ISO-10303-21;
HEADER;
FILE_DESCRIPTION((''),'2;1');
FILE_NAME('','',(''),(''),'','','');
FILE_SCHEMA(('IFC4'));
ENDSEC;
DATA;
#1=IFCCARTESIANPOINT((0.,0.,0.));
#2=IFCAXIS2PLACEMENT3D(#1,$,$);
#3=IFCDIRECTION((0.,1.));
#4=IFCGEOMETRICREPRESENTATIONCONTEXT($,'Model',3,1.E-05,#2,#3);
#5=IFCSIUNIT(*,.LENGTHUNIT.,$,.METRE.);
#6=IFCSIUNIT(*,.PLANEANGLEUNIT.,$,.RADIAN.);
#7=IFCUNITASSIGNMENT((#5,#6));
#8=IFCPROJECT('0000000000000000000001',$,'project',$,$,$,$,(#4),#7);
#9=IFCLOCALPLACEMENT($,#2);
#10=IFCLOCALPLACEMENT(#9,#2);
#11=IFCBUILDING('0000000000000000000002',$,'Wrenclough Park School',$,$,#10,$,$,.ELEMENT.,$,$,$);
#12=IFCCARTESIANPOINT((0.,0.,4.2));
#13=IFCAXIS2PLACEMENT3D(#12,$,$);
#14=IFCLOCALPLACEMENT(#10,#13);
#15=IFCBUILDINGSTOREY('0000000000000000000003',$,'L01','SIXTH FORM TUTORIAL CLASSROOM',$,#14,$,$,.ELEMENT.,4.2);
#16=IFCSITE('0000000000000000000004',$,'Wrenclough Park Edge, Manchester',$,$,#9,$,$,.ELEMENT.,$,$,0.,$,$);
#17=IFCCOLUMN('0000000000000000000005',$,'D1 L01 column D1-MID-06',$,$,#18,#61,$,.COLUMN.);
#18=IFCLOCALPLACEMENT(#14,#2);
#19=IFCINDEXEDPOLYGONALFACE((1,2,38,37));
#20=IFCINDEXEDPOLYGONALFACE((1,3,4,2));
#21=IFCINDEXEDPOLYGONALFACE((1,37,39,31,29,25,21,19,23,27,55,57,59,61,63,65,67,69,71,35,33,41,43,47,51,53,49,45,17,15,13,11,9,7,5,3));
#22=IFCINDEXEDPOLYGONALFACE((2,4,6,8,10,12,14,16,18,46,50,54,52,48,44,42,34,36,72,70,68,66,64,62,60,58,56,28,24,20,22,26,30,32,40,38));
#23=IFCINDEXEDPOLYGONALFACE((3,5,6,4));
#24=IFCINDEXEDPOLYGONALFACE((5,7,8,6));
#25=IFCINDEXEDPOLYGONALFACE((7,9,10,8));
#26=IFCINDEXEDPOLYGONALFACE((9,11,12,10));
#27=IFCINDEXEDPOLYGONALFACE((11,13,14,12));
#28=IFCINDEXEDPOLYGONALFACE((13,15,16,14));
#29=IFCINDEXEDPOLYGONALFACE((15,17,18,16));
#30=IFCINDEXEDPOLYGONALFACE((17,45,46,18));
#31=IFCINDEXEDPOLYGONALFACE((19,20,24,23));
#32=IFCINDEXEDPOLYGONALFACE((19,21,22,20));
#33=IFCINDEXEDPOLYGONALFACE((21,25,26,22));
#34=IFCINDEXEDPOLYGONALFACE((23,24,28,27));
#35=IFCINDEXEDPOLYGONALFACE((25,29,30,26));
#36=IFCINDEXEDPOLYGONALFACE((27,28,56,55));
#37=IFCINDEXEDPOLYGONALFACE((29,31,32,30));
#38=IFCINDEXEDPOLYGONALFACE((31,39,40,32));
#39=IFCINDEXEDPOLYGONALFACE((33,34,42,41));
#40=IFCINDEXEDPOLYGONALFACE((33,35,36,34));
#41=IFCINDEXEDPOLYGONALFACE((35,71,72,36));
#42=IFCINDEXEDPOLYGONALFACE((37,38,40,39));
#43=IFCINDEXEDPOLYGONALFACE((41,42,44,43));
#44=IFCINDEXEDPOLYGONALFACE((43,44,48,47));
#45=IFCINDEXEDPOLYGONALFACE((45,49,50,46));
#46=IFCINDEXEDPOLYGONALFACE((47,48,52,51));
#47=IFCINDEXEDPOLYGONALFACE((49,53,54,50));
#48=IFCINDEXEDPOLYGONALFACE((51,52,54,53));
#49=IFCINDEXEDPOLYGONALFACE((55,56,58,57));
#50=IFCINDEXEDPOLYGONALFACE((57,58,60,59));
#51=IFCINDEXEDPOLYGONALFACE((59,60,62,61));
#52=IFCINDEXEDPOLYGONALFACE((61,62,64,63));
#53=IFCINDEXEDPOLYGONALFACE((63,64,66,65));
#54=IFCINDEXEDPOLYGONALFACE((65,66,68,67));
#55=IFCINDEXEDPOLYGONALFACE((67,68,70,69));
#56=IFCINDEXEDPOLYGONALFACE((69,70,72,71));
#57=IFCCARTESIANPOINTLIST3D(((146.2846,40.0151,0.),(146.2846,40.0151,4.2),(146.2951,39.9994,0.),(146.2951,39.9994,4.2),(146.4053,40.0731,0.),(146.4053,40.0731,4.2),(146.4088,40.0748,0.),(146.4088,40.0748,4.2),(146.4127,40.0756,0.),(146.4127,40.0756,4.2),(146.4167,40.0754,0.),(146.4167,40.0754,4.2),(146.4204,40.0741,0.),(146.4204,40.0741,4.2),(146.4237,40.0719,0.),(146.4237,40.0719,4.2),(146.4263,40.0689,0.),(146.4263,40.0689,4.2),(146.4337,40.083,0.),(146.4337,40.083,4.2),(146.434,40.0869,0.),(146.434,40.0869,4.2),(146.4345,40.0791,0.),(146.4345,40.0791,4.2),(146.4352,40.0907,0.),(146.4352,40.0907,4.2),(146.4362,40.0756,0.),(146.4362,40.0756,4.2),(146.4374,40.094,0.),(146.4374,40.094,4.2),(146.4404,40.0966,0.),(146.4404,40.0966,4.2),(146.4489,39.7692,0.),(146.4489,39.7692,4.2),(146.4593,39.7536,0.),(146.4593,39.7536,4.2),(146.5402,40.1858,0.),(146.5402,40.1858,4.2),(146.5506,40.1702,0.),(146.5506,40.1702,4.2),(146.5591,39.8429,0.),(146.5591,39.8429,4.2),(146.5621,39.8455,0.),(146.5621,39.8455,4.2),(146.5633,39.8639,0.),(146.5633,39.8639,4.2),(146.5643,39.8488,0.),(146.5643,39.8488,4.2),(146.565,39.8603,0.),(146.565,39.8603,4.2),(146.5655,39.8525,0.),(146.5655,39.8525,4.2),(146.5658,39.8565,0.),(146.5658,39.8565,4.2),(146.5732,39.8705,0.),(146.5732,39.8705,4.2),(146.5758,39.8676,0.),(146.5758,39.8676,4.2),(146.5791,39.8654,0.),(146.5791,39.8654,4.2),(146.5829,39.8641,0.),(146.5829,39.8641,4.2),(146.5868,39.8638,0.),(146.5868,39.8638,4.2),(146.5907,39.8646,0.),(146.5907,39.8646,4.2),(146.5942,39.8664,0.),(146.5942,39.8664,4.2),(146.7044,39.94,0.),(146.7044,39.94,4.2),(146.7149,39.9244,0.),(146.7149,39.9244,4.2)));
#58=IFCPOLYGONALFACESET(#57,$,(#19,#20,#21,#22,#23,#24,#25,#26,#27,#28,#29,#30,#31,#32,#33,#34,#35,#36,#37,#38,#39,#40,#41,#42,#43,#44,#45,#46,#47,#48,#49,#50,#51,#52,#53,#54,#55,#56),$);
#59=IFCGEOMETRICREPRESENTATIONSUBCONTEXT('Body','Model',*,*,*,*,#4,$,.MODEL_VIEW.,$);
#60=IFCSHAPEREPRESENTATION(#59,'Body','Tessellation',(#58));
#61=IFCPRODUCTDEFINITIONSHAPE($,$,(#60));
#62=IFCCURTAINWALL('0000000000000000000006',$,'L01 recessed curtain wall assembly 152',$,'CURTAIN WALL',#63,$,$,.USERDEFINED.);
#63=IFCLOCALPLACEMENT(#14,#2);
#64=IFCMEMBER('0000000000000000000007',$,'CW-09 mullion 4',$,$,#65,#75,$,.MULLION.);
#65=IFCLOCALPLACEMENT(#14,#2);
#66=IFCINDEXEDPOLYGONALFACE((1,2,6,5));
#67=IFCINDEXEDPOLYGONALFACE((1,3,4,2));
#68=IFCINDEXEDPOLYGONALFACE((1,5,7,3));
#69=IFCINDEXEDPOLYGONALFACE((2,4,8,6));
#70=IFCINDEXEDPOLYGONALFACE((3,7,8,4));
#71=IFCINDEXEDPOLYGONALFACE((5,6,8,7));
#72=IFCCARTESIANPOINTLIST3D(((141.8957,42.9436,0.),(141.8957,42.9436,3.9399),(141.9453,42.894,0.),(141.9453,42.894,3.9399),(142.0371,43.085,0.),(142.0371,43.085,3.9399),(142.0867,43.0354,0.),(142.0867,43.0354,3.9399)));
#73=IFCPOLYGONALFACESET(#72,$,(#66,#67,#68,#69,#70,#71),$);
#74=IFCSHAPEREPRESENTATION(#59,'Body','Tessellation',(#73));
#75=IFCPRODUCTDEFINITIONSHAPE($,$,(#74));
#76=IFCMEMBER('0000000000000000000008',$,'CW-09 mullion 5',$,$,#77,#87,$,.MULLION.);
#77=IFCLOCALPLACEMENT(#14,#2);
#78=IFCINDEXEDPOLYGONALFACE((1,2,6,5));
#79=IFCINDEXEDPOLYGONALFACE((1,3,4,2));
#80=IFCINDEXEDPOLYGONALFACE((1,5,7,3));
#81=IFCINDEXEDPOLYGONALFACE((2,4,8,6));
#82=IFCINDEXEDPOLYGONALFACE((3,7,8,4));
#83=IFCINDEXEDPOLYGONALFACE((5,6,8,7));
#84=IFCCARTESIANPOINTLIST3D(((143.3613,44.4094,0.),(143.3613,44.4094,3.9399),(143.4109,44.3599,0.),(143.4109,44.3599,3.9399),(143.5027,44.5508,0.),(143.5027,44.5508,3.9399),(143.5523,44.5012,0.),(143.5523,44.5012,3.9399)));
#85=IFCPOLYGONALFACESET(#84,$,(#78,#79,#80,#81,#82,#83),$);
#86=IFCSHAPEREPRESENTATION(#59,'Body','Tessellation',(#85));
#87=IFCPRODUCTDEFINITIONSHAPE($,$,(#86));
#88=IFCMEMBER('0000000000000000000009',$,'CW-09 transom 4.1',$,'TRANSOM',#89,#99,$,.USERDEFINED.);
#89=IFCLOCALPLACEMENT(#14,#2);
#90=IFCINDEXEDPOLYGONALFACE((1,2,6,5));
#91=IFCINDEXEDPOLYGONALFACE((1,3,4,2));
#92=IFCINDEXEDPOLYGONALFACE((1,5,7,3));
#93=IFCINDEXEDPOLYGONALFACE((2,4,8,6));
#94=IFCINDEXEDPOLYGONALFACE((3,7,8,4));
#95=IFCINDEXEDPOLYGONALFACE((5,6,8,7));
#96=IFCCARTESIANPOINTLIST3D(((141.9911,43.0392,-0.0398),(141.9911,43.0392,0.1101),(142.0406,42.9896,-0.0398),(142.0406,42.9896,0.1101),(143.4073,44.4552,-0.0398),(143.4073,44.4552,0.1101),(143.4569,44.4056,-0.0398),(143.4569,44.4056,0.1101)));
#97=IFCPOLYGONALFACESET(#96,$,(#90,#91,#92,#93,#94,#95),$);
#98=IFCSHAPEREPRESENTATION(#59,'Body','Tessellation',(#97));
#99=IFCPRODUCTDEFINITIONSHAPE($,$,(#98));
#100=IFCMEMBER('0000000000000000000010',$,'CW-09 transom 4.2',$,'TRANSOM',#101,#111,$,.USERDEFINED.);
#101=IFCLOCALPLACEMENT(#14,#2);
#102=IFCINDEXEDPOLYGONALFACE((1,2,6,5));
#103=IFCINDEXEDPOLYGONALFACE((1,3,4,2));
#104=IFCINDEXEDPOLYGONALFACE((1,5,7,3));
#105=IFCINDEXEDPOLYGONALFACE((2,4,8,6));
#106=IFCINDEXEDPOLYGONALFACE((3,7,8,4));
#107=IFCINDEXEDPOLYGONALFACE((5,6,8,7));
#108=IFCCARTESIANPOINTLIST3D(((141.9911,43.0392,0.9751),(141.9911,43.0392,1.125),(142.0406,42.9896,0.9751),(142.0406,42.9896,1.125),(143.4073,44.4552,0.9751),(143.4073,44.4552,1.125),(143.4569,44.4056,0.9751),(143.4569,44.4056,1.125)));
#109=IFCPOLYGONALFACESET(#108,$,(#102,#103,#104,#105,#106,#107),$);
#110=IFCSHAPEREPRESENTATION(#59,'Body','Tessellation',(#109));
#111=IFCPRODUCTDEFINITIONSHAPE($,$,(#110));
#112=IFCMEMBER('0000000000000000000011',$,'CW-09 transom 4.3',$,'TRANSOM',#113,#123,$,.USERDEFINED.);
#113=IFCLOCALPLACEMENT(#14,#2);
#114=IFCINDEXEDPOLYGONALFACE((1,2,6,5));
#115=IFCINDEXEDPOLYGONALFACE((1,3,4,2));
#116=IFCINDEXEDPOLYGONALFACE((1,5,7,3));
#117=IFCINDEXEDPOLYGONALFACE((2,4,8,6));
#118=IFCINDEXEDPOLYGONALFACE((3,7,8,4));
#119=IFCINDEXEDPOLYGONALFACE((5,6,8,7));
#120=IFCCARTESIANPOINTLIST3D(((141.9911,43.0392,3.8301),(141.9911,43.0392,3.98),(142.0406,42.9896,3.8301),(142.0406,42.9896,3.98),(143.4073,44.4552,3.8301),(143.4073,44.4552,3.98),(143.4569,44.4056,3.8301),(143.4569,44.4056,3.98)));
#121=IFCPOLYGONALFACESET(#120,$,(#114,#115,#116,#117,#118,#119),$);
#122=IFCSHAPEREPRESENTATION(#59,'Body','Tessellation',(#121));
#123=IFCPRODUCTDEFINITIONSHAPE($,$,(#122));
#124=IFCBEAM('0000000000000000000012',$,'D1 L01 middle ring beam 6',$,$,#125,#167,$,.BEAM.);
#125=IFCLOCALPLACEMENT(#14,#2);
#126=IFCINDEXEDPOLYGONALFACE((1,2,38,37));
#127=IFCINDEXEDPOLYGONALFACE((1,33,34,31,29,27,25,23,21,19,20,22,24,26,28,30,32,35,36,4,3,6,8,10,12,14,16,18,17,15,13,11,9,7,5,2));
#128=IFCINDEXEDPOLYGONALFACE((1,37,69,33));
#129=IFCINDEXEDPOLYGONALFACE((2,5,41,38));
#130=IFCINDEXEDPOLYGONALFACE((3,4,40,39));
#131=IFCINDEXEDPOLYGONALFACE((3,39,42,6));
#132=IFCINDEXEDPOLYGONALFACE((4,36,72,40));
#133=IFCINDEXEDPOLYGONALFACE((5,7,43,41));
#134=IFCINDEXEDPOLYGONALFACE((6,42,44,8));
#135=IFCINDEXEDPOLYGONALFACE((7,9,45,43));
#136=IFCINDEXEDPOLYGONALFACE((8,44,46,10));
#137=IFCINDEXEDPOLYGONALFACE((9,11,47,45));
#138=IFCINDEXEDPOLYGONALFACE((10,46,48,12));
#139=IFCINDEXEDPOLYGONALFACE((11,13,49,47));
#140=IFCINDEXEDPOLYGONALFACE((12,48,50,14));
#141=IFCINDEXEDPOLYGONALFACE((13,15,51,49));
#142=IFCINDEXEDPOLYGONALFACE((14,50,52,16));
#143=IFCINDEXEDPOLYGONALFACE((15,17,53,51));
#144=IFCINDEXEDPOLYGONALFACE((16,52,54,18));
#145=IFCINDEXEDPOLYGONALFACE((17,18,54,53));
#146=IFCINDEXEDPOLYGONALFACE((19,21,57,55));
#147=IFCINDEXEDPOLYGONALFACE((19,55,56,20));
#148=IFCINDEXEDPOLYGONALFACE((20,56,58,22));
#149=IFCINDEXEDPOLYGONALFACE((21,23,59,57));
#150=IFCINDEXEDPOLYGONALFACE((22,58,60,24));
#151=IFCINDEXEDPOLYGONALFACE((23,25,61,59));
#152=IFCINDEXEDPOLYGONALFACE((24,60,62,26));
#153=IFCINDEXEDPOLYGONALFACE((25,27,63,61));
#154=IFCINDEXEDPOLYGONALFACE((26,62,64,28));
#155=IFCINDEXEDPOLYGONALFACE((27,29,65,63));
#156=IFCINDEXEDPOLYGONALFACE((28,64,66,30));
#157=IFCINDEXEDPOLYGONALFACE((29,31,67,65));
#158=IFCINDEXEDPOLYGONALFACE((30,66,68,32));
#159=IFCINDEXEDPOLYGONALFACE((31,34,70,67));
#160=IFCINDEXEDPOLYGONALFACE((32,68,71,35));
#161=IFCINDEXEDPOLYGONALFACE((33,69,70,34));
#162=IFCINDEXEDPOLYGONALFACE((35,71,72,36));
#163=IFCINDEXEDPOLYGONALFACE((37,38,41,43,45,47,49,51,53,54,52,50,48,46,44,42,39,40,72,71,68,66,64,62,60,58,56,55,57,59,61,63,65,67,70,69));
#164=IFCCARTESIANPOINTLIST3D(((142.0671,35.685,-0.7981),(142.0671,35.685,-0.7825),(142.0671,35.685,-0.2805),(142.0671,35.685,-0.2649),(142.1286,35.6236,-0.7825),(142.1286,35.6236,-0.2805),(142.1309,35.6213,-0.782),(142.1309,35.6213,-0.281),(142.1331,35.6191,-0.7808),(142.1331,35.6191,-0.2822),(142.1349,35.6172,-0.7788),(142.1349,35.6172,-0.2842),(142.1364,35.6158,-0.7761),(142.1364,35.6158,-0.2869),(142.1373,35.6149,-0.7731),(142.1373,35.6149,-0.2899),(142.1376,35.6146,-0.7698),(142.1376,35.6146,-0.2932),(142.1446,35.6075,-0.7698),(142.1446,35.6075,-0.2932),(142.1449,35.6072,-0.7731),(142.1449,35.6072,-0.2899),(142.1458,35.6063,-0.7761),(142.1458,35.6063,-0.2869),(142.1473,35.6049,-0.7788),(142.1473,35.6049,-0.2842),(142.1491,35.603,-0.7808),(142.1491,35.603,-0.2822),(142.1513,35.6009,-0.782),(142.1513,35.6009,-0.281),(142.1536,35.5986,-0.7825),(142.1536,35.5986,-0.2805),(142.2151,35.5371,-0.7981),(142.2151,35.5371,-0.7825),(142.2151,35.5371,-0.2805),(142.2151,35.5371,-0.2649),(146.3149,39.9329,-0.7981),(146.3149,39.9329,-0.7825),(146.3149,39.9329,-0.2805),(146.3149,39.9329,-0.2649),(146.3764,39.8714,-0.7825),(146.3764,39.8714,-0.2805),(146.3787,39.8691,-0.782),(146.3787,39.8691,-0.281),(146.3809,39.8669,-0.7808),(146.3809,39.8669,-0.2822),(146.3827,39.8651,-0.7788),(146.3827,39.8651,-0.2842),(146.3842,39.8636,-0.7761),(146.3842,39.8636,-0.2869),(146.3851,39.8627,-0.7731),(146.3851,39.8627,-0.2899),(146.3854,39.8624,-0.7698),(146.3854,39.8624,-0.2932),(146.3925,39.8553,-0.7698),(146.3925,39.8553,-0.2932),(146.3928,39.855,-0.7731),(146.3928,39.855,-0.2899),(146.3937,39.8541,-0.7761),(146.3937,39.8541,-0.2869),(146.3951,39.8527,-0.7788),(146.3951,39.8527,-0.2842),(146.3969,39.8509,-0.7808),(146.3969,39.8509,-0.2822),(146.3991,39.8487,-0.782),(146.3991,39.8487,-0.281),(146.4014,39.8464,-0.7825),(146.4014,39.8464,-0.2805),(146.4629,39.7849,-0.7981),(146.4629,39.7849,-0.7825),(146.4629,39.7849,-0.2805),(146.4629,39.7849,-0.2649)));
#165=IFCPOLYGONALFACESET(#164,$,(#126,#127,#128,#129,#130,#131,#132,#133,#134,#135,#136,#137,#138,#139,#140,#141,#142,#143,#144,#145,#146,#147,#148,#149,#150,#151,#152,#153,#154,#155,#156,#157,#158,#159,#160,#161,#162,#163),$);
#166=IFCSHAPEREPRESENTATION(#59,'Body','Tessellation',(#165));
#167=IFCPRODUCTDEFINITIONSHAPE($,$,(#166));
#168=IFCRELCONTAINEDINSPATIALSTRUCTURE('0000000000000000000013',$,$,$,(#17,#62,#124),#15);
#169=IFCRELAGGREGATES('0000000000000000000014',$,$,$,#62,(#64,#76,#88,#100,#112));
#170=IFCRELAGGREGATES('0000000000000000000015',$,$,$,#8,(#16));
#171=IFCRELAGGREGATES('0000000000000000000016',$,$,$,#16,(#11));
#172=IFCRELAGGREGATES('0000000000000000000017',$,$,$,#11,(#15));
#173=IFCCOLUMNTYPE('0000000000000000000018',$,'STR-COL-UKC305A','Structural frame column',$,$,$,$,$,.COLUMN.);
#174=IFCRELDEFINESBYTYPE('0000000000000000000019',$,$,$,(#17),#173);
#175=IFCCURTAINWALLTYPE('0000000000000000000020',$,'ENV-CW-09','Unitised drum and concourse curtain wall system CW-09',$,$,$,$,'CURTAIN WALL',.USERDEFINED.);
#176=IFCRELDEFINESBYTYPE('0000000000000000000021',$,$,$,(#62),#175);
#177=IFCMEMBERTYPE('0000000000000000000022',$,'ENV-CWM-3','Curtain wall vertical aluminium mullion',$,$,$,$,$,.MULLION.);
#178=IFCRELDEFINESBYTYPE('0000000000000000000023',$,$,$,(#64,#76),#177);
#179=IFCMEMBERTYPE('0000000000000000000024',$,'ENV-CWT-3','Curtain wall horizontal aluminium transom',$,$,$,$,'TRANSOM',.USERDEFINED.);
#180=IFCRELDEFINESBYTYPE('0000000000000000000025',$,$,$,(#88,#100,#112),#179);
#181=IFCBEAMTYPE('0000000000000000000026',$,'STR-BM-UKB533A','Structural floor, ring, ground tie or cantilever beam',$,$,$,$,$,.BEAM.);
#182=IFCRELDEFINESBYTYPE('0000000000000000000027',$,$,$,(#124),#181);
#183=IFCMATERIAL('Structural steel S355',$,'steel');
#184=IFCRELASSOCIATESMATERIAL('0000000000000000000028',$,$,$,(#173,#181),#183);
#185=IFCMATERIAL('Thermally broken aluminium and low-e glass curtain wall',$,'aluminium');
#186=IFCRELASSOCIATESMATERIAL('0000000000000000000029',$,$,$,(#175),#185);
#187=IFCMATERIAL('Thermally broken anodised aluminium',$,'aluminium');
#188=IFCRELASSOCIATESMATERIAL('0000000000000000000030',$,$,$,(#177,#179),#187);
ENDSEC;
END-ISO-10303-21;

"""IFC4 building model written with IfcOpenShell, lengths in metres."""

from ifc_helpers import new_model, si_unit, direction, frame, origin, origin_2d, place, context, subcontext, project, spatial, rectangle, i_section, extrude, material, material_profile, profile_set, type_object, element, aggregate, save


model = new_model("IFC4")

# Units and contexts
model_context = context("Model", 3, precision=1e-05, world=origin(), true_north=direction((0.0, 1.0)))
body_context = subcontext(model_context, "Body", "Model", "MODEL_VIEW")
ifc_project = project(units=[si_unit("LENGTHUNIT", "METRE"), si_unit("PLANEANGLEUNIT", "RADIAN")], contexts=[model_context])

# Site, building, storey
site_placement = place(None, origin())
site = spatial("IfcSite", under=ifc_project, at=site_placement, Name="Wrenclough Park Edge, Manchester", CompositionType="ELEMENT", RefElevation=0.0)
building_placement = place(site_placement, origin())
building = spatial("IfcBuilding", under=site, at=building_placement, Name="Wrenclough Park School", CompositionType="ELEMENT")
storey_placement = place(building_placement, frame((0.0, 0.0, 4.2)))
storey = spatial("IfcBuildingStorey", under=building, at=storey_placement, Name="L01", Description="SIXTH FORM TUTORIAL CLASSROOM", CompositionType="ELEMENT", Elevation=4.2)

# Column
ifc_material_1 = material(Name="Structural steel S355", Category="steel")
ifc_material_profile_1 = material_profile(ifc_material_1, i_section(OverallWidth=0.3074, OverallDepth=0.3145, WebThickness=0.012, FlangeThickness=0.0188, FilletRadius=0.0151, at=origin_2d()), Name="UKC 305x305x118")
ifc_profile_set_1 = profile_set([ifc_material_profile_1], Name="Structural steel S355")
column_type_1 = type_object("IfcColumnType", Name="STR-COL-UKC305A", Description="Structural frame column", PredefinedType="COLUMN", material=ifc_profile_set_1)
column_1_placement = place(storey_placement, frame((146.4998, 39.9697, 0.0), z_axis=(0.0, 0.0, 1.0), x_axis=(-0.83147, -0.55557, 0.0)))
element("IfcColumn", 1, at=column_1_placement, inside=storey, type_object=column_type_1, Name="D1 L01 column D1-MID-06", PredefinedType="COLUMN", context=body_context, shape_type="SweptSolid", body=[
    extrude(i_section(OverallWidth=0.3074, OverallDepth=0.3145, WebThickness=0.012, FlangeThickness=0.0188, FilletRadius=0.0151, at=origin_2d()), origin(), (0.0, 0.0, 1.0), 4.2),
])

# Curtain wall, members
ifc_material_2 = material(Name="Thermally broken aluminium and low-e glass curtain wall", Category="aluminium")
curtain_wall_type = type_object("IfcCurtainWallType", Name="ENV-CW-09", Description="Unitised drum and concourse curtain wall system CW-09", ElementType="CURTAIN WALL", PredefinedType="USERDEFINED", material=ifc_material_2)
curtain_wall_placement = place(storey_placement, origin())
curtain_wall = element("IfcCurtainWall", 2, at=curtain_wall_placement, inside=storey, type_object=curtain_wall_type, Name="L01 recessed curtain wall assembly 152", ObjectType="CURTAIN WALL", PredefinedType="USERDEFINED")
ifc_material_3 = material(Name="Thermally broken anodised aluminium", Category="aluminium")
ifc_material_profile_2 = material_profile(ifc_material_3, rectangle(XDim=0.0701, YDim=0.2, at=origin_2d()), Name="AL MULLION 70x200")
ifc_profile_set_2 = profile_set([ifc_material_profile_2], Name="Thermally broken anodised aluminium")
member_type_1 = type_object("IfcMemberType", Name="ENV-CWM-3", Description="Curtain wall vertical aluminium mullion", PredefinedType="MULLION", material=ifc_profile_set_2)
member_1_placement = place(storey_placement, frame((141.9912, 42.9895, 0.0), z_axis=(0.0, 0.0, 1.0), x_axis=(-0.707107, 0.707107, 0.0)))
member_1 = element("IfcMember", 3, at=member_1_placement, type_object=member_type_1, Name="CW-09 mullion 4", PredefinedType="MULLION", context=body_context, shape_type="SweptSolid", body=[
    extrude(rectangle(XDim=0.0701, YDim=0.2, at=origin_2d()), origin(), (0.0, 0.0, 1.0), 3.9399),
])
member_2_placement = place(storey_placement, frame((143.4568, 44.4553, 0.0), z_axis=(0.0, 0.0, 1.0), x_axis=(-0.707107, 0.707107, 0.0)))
member_2 = element("IfcMember", 4, at=member_2_placement, type_object=member_type_1, Name="CW-09 mullion 5", PredefinedType="MULLION", context=body_context, shape_type="SweptSolid", body=[
    extrude(rectangle(XDim=0.0701, YDim=0.2, at=origin_2d()), origin(), (0.0, 0.0, 1.0), 3.9399),
])
ifc_material_profile_3 = material_profile(ifc_material_3, rectangle(XDim=0.0701, YDim=0.1499, at=origin_2d()), Name="AL TRANSOM 70x150")
ifc_profile_set_3 = profile_set([ifc_material_profile_3], Name="Thermally broken anodised aluminium")
member_type_2 = type_object("IfcMemberType", Name="ENV-CWT-3", Description="Curtain wall horizontal aluminium transom", ElementType="TRANSOM", PredefinedType="USERDEFINED", material=ifc_profile_set_3)
member_3_placement = place(storey_placement, frame((142.0159, 43.0144, 0.0352), z_axis=(0.707168, 0.707046, 0.0), x_axis=(-0.707046, 0.707168, 0.0)))
member_3 = element("IfcMember", 5, at=member_3_placement, type_object=member_type_2, Name="CW-09 transom 4.1", ObjectType="TRANSOM", PredefinedType="USERDEFINED", context=body_context, shape_type="SweptSolid", body=[
    extrude(rectangle(XDim=0.0701, YDim=0.1499, at=origin_2d()), origin(), (0.0, 0.0, 1.0), 2.0027),
])
member_4_placement = place(storey_placement, frame((142.0159, 43.0144, 1.05), z_axis=(0.707168, 0.707046, 0.0), x_axis=(-0.707046, 0.707168, 0.0)))
member_4 = element("IfcMember", 6, at=member_4_placement, type_object=member_type_2, Name="CW-09 transom 4.2", ObjectType="TRANSOM", PredefinedType="USERDEFINED", context=body_context, shape_type="SweptSolid", body=[
    extrude(rectangle(XDim=0.0701, YDim=0.1499, at=origin_2d()), origin(), (0.0, 0.0, 1.0), 2.0027),
])
member_5_placement = place(storey_placement, frame((142.0159, 43.0144, 3.905), z_axis=(0.707168, 0.707046, 0.0), x_axis=(-0.707046, 0.707168, 0.0)))
member_5 = element("IfcMember", 7, at=member_5_placement, type_object=member_type_2, Name="CW-09 transom 4.3", ObjectType="TRANSOM", PredefinedType="USERDEFINED", context=body_context, shape_type="SweptSolid", body=[
    extrude(rectangle(XDim=0.0701, YDim=0.1499, at=origin_2d()), origin(), (0.0, 0.0, 1.0), 2.0027),
])

# Beam
ifc_material_profile_4 = material_profile(ifc_material_1, i_section(OverallWidth=0.2092, OverallDepth=0.5332, WebThickness=0.01, FlangeThickness=0.0156, FilletRadius=0.0127, at=origin_2d()), Name="UKB 533x210x92")
ifc_profile_set_4 = profile_set([ifc_material_profile_4], Name="Structural steel S355")
beam_type_1 = type_object("IfcBeamType", Name="STR-BM-UKB533A", Description="Structural floor, ring, ground tie or cantilever beam", PredefinedType="BEAM", material=ifc_profile_set_4)
beam_1_placement = place(storey_placement, frame((146.3889, 39.8589, -0.5315), z_axis=(-0.707107, -0.707107, 0.0), x_axis=(0.707107, -0.707107, 0.0)))
element("IfcBeam", 8, at=beam_1_placement, inside=storey, type_object=beam_type_1, Name="D1 L01 middle ring beam 6", PredefinedType="BEAM", context=body_context, shape_type="SweptSolid", body=[
    extrude(i_section(OverallWidth=0.2092, OverallDepth=0.5332, WebThickness=0.01, FlangeThickness=0.0156, FilletRadius=0.0127, at=origin_2d()), origin(), (0.0, 0.0, 1.0), 6.0073),
])

aggregate(curtain_wall, [member_1, member_2, member_3, member_4, member_5])

save(model, "model.ifc")
